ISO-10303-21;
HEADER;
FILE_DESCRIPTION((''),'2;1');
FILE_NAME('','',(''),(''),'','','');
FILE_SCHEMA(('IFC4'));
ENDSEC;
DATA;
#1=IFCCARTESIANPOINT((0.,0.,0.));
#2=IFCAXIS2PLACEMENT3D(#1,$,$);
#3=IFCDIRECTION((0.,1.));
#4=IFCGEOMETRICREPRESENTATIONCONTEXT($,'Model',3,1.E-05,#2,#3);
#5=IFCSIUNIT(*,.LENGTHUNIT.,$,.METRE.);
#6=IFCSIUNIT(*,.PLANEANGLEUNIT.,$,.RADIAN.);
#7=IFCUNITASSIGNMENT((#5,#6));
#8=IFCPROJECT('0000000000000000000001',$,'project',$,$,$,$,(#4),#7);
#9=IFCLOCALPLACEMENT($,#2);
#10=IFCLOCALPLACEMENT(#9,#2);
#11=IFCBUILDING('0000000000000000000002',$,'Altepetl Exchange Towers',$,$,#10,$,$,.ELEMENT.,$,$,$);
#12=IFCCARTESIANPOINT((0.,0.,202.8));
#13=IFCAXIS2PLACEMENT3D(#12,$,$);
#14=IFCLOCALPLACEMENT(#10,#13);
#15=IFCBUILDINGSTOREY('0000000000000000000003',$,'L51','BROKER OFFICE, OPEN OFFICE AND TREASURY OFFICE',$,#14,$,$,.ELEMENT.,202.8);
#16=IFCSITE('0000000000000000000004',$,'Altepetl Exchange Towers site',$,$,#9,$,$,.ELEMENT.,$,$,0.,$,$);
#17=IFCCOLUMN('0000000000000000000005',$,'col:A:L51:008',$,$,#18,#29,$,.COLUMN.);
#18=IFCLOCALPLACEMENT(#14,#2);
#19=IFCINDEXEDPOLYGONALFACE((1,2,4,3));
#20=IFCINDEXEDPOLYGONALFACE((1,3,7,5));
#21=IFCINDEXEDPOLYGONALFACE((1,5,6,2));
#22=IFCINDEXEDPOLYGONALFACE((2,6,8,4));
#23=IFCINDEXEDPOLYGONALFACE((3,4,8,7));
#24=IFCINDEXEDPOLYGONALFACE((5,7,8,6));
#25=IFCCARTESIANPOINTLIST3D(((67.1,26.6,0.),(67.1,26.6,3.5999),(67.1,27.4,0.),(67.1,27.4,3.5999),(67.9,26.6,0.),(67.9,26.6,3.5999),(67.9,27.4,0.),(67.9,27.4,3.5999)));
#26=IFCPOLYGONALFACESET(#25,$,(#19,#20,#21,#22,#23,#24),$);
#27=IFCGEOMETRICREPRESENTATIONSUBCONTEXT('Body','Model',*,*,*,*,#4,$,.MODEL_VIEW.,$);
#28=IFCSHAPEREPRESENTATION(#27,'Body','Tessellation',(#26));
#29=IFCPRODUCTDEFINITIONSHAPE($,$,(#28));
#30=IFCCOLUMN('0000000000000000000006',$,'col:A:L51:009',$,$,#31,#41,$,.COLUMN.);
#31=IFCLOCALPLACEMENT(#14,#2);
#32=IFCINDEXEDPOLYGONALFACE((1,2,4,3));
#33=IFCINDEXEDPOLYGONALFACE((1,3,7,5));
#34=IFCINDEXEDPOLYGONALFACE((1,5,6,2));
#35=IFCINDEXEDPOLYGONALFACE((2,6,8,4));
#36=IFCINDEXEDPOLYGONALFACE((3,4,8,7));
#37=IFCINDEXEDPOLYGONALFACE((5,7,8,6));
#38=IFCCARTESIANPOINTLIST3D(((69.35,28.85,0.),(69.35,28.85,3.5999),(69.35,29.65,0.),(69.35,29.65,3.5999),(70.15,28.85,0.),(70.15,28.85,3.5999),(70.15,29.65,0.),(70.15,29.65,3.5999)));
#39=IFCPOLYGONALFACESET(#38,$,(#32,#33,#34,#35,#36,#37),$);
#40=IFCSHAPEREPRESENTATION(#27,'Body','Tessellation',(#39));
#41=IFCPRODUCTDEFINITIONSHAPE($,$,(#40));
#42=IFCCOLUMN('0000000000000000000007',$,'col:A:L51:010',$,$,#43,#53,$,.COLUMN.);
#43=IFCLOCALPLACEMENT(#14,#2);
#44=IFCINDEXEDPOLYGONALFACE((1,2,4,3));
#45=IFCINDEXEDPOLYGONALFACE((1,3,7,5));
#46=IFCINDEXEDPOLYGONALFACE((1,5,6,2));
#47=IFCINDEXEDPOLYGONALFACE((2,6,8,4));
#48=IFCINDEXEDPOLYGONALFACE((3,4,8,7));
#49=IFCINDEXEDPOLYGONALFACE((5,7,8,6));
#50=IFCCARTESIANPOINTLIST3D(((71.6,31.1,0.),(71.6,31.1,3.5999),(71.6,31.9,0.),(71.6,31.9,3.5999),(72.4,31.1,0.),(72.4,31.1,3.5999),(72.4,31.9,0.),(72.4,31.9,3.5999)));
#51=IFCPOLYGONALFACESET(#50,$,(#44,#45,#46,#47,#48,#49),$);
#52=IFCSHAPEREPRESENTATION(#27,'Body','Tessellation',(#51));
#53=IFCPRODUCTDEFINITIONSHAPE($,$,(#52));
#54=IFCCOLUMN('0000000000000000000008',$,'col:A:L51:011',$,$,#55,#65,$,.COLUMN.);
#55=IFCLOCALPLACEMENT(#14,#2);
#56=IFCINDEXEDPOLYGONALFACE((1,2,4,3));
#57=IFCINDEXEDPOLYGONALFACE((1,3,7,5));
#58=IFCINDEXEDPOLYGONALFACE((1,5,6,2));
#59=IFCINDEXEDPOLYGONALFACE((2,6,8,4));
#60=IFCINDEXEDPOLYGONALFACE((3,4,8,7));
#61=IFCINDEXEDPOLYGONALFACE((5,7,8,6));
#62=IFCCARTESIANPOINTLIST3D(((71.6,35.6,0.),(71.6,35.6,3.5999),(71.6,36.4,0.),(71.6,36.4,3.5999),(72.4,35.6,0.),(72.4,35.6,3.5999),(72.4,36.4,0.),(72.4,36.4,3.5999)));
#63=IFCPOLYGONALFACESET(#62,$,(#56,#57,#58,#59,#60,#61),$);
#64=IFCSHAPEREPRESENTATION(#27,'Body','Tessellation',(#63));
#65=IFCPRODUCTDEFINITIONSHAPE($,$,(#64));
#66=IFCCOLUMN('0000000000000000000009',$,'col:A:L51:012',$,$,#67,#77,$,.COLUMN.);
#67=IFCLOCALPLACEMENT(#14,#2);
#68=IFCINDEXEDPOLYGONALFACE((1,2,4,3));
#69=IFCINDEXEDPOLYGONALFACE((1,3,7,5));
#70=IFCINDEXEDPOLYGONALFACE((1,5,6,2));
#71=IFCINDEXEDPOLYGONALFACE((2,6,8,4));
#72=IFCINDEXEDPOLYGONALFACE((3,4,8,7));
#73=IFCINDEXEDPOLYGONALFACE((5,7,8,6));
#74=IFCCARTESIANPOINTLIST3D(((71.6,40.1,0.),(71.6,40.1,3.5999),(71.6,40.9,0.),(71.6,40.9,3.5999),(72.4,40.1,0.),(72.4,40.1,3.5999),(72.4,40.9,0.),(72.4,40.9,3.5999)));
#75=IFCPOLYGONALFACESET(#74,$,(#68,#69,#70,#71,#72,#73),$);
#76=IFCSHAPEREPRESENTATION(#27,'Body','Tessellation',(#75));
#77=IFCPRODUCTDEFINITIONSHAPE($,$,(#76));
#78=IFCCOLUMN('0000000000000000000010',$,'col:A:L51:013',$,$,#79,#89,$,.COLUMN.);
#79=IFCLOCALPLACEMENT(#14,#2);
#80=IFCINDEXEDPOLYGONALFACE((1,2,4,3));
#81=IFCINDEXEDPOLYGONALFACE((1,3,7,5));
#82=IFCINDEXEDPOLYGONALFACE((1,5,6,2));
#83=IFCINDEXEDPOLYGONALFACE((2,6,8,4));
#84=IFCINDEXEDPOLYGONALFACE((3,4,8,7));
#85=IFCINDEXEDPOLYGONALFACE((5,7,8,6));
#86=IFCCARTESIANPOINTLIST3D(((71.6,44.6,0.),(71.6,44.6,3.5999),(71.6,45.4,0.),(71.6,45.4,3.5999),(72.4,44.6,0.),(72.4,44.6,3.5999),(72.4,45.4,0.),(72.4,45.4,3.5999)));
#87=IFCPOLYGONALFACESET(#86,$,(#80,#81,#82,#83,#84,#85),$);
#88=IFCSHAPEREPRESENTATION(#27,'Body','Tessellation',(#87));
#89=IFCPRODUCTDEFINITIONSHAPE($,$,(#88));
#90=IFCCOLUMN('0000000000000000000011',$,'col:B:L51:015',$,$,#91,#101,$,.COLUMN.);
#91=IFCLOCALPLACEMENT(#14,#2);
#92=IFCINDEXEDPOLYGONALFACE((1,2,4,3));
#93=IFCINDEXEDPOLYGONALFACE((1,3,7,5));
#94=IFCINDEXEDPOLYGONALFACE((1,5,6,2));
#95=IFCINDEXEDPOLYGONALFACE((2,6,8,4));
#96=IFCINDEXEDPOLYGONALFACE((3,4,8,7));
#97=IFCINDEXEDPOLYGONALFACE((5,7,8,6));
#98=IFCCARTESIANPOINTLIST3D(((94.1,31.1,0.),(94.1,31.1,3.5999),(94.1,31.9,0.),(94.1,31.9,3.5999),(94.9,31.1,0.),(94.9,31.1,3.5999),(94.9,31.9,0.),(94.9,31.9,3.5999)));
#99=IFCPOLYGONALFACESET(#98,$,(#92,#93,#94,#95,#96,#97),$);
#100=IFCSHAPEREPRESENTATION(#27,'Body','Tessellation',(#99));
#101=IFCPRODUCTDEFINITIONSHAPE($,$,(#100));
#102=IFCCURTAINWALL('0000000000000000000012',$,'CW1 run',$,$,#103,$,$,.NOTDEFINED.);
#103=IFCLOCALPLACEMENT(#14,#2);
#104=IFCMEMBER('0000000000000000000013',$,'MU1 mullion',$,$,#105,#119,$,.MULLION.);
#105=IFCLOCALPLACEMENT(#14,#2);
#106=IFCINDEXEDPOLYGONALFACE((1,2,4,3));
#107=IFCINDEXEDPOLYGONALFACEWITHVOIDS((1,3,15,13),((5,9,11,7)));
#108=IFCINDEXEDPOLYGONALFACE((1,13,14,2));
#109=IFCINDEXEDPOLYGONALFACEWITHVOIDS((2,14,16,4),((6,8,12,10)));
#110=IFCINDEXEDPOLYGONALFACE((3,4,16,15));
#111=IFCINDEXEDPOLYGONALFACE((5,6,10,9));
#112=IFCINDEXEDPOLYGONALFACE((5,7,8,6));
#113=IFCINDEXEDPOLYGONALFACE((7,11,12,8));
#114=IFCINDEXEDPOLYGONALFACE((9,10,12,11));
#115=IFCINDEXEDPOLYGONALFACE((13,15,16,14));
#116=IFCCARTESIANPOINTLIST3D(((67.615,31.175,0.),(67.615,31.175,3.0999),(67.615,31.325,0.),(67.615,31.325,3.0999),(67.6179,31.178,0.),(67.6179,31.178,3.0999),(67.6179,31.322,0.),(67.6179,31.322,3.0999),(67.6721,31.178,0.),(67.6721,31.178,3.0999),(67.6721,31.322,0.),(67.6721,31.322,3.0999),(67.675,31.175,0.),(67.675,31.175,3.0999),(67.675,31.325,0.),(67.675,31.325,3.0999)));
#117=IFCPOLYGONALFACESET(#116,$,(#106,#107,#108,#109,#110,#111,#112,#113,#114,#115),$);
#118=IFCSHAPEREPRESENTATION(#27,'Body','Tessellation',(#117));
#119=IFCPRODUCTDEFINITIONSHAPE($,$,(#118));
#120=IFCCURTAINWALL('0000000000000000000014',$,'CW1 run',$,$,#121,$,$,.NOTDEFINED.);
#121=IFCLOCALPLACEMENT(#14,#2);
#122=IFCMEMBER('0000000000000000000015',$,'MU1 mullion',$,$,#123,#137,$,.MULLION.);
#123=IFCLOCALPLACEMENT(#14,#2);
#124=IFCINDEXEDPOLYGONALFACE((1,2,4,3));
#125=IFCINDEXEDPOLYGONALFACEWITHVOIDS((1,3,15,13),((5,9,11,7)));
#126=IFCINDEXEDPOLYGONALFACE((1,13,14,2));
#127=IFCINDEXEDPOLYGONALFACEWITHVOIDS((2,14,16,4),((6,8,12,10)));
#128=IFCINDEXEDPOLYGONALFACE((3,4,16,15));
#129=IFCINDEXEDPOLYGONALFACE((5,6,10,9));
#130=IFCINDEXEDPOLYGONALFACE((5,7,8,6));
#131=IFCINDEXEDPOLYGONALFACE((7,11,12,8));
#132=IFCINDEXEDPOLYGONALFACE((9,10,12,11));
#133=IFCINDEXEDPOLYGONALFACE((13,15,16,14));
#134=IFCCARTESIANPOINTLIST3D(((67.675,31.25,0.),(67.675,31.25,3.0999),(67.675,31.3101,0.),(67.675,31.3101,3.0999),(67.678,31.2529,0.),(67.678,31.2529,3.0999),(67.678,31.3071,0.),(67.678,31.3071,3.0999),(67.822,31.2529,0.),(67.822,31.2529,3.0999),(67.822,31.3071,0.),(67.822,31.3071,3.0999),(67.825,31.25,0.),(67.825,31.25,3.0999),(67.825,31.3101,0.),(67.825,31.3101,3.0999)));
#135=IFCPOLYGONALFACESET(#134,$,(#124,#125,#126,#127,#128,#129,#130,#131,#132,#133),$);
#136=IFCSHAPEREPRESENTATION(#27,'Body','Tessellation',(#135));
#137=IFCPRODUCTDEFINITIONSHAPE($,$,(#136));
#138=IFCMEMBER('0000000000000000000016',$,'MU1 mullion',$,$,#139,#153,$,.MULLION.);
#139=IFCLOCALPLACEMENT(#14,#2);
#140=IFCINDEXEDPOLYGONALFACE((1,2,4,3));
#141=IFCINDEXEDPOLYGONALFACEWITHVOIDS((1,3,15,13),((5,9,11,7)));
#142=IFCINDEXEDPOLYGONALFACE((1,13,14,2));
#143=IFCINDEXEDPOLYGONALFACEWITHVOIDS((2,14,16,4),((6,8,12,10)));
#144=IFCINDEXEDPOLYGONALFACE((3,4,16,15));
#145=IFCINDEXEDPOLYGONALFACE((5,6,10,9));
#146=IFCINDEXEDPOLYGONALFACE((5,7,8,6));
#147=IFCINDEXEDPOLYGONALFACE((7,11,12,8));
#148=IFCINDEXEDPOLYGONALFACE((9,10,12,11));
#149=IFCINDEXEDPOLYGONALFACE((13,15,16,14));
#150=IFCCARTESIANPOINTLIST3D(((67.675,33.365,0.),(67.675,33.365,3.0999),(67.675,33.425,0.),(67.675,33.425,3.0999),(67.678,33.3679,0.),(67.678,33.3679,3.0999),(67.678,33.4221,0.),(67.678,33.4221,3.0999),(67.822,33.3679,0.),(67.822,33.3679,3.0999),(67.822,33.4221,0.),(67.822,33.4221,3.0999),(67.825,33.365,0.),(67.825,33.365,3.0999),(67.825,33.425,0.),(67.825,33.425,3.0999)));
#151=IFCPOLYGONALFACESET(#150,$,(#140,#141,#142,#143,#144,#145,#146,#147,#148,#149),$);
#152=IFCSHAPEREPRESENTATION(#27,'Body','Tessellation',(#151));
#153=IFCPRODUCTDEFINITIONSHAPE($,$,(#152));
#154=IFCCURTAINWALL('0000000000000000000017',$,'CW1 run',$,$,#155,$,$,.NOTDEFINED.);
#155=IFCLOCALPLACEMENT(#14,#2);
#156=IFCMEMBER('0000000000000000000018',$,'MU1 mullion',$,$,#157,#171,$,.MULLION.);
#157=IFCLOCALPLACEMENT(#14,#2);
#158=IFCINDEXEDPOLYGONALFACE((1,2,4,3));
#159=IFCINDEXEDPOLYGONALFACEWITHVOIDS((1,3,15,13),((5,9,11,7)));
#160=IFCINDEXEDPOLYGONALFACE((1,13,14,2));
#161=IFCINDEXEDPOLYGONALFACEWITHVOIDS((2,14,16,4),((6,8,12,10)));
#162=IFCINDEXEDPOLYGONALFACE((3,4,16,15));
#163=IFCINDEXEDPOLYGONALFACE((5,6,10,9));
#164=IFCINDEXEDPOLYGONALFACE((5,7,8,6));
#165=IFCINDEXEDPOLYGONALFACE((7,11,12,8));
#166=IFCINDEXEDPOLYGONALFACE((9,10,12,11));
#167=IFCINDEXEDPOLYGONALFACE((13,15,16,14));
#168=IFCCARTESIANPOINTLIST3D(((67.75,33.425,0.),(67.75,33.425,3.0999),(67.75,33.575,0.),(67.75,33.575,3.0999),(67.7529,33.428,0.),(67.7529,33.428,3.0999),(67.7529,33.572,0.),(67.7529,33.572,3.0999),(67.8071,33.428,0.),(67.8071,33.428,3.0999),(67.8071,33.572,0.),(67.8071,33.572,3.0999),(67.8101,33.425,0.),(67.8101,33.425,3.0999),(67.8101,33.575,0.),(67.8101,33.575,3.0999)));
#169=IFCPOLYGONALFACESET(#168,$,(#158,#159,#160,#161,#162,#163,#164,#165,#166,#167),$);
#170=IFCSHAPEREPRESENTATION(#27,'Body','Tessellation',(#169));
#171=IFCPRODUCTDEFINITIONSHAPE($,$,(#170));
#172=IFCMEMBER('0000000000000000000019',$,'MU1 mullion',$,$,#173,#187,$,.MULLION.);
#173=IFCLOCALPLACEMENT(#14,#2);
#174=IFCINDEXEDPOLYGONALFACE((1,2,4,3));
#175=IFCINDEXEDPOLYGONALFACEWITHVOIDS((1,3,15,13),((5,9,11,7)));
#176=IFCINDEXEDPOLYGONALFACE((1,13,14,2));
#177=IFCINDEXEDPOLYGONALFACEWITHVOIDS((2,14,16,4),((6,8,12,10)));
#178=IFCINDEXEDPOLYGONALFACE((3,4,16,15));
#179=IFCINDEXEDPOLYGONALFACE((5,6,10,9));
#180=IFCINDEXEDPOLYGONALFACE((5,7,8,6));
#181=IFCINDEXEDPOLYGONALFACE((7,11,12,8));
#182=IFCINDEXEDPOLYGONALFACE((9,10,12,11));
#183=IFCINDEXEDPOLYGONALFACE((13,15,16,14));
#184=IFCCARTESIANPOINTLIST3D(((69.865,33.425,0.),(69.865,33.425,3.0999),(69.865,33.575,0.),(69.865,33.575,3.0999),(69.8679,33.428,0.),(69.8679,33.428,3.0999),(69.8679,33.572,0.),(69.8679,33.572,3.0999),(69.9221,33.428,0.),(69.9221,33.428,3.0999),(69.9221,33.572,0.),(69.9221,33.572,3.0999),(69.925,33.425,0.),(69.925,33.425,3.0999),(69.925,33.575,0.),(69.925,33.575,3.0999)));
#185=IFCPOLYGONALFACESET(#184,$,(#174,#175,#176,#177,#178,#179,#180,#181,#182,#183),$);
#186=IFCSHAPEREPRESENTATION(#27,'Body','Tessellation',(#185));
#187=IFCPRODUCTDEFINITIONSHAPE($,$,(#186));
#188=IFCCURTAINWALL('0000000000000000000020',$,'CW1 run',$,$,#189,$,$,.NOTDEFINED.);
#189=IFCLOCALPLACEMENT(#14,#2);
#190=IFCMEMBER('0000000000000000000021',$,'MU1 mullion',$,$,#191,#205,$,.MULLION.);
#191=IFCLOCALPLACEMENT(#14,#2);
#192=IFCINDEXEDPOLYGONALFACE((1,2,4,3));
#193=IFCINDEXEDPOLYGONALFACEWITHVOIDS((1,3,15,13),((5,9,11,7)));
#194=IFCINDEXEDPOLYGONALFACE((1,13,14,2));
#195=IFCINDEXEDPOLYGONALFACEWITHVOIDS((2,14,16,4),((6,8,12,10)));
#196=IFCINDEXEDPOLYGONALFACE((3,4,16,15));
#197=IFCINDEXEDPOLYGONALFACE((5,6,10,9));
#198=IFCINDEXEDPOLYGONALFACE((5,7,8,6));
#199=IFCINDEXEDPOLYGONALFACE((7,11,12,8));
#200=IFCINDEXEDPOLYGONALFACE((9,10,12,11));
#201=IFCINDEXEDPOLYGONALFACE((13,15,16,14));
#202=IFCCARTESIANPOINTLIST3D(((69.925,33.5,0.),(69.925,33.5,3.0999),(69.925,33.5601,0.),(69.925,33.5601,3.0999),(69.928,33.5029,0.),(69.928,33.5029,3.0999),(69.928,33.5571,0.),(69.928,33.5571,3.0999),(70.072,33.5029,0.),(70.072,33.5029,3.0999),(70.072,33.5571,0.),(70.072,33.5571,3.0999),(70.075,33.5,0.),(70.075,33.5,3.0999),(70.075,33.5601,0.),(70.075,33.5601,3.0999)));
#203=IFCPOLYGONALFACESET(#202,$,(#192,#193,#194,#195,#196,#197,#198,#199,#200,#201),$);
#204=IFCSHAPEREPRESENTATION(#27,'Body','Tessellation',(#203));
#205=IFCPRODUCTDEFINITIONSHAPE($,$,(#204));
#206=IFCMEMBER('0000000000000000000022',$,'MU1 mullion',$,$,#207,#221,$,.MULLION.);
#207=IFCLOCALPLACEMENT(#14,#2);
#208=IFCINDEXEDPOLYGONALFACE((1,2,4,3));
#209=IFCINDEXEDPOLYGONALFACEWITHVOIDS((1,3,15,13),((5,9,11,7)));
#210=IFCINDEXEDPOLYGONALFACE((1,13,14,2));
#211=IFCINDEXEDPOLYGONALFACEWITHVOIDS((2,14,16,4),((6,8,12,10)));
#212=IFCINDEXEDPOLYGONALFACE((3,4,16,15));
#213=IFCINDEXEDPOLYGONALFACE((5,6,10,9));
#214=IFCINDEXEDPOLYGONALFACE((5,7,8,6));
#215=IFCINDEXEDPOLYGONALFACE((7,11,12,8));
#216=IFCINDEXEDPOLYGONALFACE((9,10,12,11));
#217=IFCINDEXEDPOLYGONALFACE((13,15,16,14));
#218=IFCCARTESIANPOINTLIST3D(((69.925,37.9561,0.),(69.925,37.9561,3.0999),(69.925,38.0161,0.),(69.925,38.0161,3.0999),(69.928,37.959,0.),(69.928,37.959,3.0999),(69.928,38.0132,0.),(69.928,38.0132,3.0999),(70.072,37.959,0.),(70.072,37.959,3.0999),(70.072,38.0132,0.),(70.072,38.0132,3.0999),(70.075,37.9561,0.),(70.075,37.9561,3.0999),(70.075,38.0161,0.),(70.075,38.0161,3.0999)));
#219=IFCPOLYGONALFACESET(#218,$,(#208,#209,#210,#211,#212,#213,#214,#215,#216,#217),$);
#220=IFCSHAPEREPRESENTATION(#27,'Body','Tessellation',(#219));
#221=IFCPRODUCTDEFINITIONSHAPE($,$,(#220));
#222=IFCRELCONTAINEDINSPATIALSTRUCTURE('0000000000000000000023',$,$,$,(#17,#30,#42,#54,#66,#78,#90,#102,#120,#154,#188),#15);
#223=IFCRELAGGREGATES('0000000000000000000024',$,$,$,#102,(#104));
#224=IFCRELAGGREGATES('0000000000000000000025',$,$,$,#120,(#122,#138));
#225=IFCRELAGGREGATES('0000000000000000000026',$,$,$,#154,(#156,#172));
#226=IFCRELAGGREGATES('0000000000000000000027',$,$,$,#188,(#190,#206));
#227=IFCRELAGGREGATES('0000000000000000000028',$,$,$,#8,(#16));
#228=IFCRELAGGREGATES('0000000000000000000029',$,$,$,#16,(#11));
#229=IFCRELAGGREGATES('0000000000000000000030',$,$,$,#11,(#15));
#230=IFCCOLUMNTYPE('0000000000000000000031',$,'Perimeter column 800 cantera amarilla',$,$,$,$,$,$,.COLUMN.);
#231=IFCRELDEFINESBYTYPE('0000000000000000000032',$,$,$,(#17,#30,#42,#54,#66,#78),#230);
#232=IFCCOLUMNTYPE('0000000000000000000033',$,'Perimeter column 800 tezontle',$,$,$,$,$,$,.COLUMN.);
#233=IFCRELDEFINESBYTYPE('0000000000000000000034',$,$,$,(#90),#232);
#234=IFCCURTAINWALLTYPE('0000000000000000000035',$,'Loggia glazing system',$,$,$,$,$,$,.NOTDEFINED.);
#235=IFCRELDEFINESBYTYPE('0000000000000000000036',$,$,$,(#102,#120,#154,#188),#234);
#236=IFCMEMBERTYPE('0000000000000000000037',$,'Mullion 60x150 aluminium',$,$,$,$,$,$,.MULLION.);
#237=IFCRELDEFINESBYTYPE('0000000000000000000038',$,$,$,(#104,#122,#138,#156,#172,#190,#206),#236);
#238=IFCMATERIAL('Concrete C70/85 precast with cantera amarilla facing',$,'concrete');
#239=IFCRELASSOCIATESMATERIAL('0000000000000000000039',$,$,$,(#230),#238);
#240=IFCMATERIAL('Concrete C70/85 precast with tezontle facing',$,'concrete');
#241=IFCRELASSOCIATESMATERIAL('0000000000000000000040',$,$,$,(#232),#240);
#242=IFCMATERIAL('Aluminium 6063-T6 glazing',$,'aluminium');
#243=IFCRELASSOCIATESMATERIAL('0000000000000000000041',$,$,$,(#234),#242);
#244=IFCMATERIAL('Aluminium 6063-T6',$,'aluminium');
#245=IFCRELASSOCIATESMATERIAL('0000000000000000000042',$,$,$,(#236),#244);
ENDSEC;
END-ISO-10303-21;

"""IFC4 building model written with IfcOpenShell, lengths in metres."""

from ifc_helpers import new_model, si_unit, direction, frame, origin, origin_2d, place, context, subcontext, project, spatial, rectangle, hollow_rectangle, extrude, material, material_profile, profile_set, type_object, element, aggregate, save


model = new_model("IFC4")

# Units and contexts
model_context = context("Model", 3, precision=1e-05, world=origin(), true_north=direction((0.0, 1.0)))
body_context = subcontext(model_context, "Body", "Model", "MODEL_VIEW")
ifc_project = project(units=[si_unit("LENGTHUNIT", "METRE"), si_unit("PLANEANGLEUNIT", "RADIAN")], contexts=[model_context])

# Site, building, storey
site_placement = place(None, origin())
site = spatial("IfcSite", under=ifc_project, at=site_placement, Name="Altepetl Exchange Towers site", CompositionType="ELEMENT", RefElevation=0.0)
building_placement = place(site_placement, origin())
building = spatial("IfcBuilding", under=site, at=building_placement, Name="Altepetl Exchange Towers", CompositionType="ELEMENT")
storey_placement = place(building_placement, frame((0.0, 0.0, 202.8)))
storey = spatial("IfcBuildingStorey", under=building, at=storey_placement, Name="L51", Description="BROKER OFFICE, OPEN OFFICE AND TREASURY OFFICE", CompositionType="ELEMENT", Elevation=202.8)

# Columns
ifc_material_1 = material(Name="Concrete C70/85 precast with cantera amarilla facing", Category="concrete")
ifc_material_profile_1 = material_profile(ifc_material_1, rectangle(XDim=0.8, YDim=0.8, at=origin_2d()), Name="800 x 800")
ifc_profile_set_1 = profile_set([ifc_material_profile_1], Name="Concrete C70/85 precast with cantera amarilla facing")
column_type_1 = type_object("IfcColumnType", Name="Perimeter column 800 cantera amarilla", PredefinedType="COLUMN", material=ifc_profile_set_1)
for number, where, name in (
    (1, (67.5, 27.0, 0.0), "col:A:L51:008"),
    (2, (69.75, 29.25, 0.0), "col:A:L51:009"),
    (3, (72.0, 31.5, 0.0), "col:A:L51:010"),
    (4, (72.0, 36.0, 0.0), "col:A:L51:011"),
    (5, (72.0, 40.5, 0.0), "col:A:L51:012"),
    (6, (72.0, 45.0, 0.0), "col:A:L51:013"),
):
    element("IfcColumn", number, at=place(storey_placement, frame(where)), inside=storey, type_object=column_type_1, Name=name, PredefinedType="COLUMN", context=body_context, shape_type="SweptSolid", body=[
        extrude(rectangle(XDim=0.8, YDim=0.8, at=origin_2d()), origin(), (0.0, 0.0, 1.0), 3.5999),
    ])
ifc_material_2 = material(Name="Concrete C70/85 precast with tezontle facing", Category="concrete")
ifc_material_profile_2 = material_profile(ifc_material_2, rectangle(XDim=0.8, YDim=0.8, at=origin_2d()), Name="800 x 800")
ifc_profile_set_2 = profile_set([ifc_material_profile_2], Name="Concrete C70/85 precast with tezontle facing")
column_type_2 = type_object("IfcColumnType", Name="Perimeter column 800 tezontle", PredefinedType="COLUMN", material=ifc_profile_set_2)
column_placement = place(storey_placement, frame((94.5, 31.5, 0.0)))
element("IfcColumn", 7, at=column_placement, inside=storey, type_object=column_type_2, Name="col:B:L51:015", PredefinedType="COLUMN", context=body_context, shape_type="SweptSolid", body=[
    extrude(rectangle(XDim=0.8, YDim=0.8, at=origin_2d()), origin(), (0.0, 0.0, 1.0), 3.5999),
])

# Curtain wall, member
ifc_material_3 = material(Name="Aluminium 6063-T6 glazing", Category="aluminium")
curtain_wall_type = type_object("IfcCurtainWallType", Name="Loggia glazing system", PredefinedType="NOTDEFINED", material=ifc_material_3)
curtain_wall_1_placement = place(storey_placement, origin())
curtain_wall_1 = element("IfcCurtainWall", 8, at=curtain_wall_1_placement, inside=storey, type_object=curtain_wall_type, Name="CW1 run", PredefinedType="NOTDEFINED")
ifc_material_4 = material(Name="Aluminium 6063-T6", Category="aluminium")
ifc_material_profile_3 = material_profile(ifc_material_4, hollow_rectangle(XDim=0.0601, YDim=0.1499, WallThickness=0.0029, at=origin_2d()), Name="Mullion 60x150 aluminium")
ifc_profile_set_3 = profile_set([ifc_material_profile_3], Name="Aluminium 6063-T6")
member_type = type_object("IfcMemberType", Name="Mullion 60x150 aluminium", PredefinedType="MULLION", material=ifc_profile_set_3)
member_1_placement = place(storey_placement, frame((67.645, 31.25, 0.0)))
member_1 = element("IfcMember", 9, at=member_1_placement, type_object=member_type, Name="MU1 mullion", PredefinedType="MULLION", context=body_context, shape_type="SweptSolid", body=[
    extrude(hollow_rectangle(XDim=0.0601, YDim=0.1499, WallThickness=0.0029, at=origin_2d()), origin(), (0.0, 0.0, 1.0), 3.0999),
])
aggregate(curtain_wall_1, [member_1])

# Curtain walls, members
curtain_wall_2_placement = place(storey_placement, origin())
curtain_wall_2 = element("IfcCurtainWall", 10, at=curtain_wall_2_placement, inside=storey, type_object=curtain_wall_type, Name="CW1 run", PredefinedType="NOTDEFINED")
member_2_placement = place(storey_placement, frame((67.75, 31.28, 0.0), z_axis=(0.0, 0.0, 1.0), x_axis=(0.0, 1.0, 0.0)))
member_2 = element("IfcMember", 11, at=member_2_placement, type_object=member_type, Name="MU1 mullion", PredefinedType="MULLION", context=body_context, shape_type="SweptSolid", body=[
    extrude(hollow_rectangle(XDim=0.0601, YDim=0.1499, WallThickness=0.0029, at=origin_2d()), origin(), (0.0, 0.0, 1.0), 3.0999),
])
member_3_placement = place(storey_placement, frame((67.75, 33.395, 0.0), z_axis=(0.0, 0.0, 1.0), x_axis=(0.0, 1.0, 0.0)))
member_3 = element("IfcMember", 12, at=member_3_placement, type_object=member_type, Name="MU1 mullion", PredefinedType="MULLION", context=body_context, shape_type="SweptSolid", body=[
    extrude(hollow_rectangle(XDim=0.0601, YDim=0.1499, WallThickness=0.0029, at=origin_2d()), origin(), (0.0, 0.0, 1.0), 3.0999),
])
curtain_wall_3_placement = place(storey_placement, origin())
curtain_wall_3 = element("IfcCurtainWall", 13, at=curtain_wall_3_placement, inside=storey, type_object=curtain_wall_type, Name="CW1 run", PredefinedType="NOTDEFINED")
member_4_placement = place(storey_placement, frame((67.78, 33.5, 0.0)))
member_4 = element("IfcMember", 14, at=member_4_placement, type_object=member_type, Name="MU1 mullion", PredefinedType="MULLION", context=body_context, shape_type="SweptSolid", body=[
    extrude(hollow_rectangle(XDim=0.0601, YDim=0.1499, WallThickness=0.0029, at=origin_2d()), origin(), (0.0, 0.0, 1.0), 3.0999),
])
member_5_placement = place(storey_placement, frame((69.895, 33.5, 0.0)))
member_5 = element("IfcMember", 15, at=member_5_placement, type_object=member_type, Name="MU1 mullion", PredefinedType="MULLION", context=body_context, shape_type="SweptSolid", body=[
    extrude(hollow_rectangle(XDim=0.0601, YDim=0.1499, WallThickness=0.0029, at=origin_2d()), origin(), (0.0, 0.0, 1.0), 3.0999),
])
curtain_wall_4_placement = place(storey_placement, origin())
curtain_wall_4 = element("IfcCurtainWall", 16, at=curtain_wall_4_placement, inside=storey, type_object=curtain_wall_type, Name="CW1 run", PredefinedType="NOTDEFINED")
member_6_placement = place(storey_placement, frame((70.0, 33.53, 0.0), z_axis=(0.0, 0.0, 1.0), x_axis=(0.0, 1.0, 0.0)))
member_6 = element("IfcMember", 17, at=member_6_placement, type_object=member_type, Name="MU1 mullion", PredefinedType="MULLION", context=body_context, shape_type="SweptSolid", body=[
    extrude(hollow_rectangle(XDim=0.0601, YDim=0.1499, WallThickness=0.0029, at=origin_2d()), origin(), (0.0, 0.0, 1.0), 3.0999),
])
member_7_placement = place(storey_placement, frame((70.0, 37.9861, 0.0), z_axis=(0.0, 0.0, 1.0), x_axis=(0.0, 1.0, 0.0)))
member_7 = element("IfcMember", 18, at=member_7_placement, type_object=member_type, Name="MU1 mullion", PredefinedType="MULLION", context=body_context, shape_type="SweptSolid", body=[
    extrude(hollow_rectangle(XDim=0.0601, YDim=0.1499, WallThickness=0.0029, at=origin_2d()), origin(), (0.0, 0.0, 1.0), 3.0999),
])

aggregate(curtain_wall_2, [member_2, member_3])
aggregate(curtain_wall_3, [member_4, member_5])
aggregate(curtain_wall_4, [member_6, member_7])

save(model, "model.ifc")
